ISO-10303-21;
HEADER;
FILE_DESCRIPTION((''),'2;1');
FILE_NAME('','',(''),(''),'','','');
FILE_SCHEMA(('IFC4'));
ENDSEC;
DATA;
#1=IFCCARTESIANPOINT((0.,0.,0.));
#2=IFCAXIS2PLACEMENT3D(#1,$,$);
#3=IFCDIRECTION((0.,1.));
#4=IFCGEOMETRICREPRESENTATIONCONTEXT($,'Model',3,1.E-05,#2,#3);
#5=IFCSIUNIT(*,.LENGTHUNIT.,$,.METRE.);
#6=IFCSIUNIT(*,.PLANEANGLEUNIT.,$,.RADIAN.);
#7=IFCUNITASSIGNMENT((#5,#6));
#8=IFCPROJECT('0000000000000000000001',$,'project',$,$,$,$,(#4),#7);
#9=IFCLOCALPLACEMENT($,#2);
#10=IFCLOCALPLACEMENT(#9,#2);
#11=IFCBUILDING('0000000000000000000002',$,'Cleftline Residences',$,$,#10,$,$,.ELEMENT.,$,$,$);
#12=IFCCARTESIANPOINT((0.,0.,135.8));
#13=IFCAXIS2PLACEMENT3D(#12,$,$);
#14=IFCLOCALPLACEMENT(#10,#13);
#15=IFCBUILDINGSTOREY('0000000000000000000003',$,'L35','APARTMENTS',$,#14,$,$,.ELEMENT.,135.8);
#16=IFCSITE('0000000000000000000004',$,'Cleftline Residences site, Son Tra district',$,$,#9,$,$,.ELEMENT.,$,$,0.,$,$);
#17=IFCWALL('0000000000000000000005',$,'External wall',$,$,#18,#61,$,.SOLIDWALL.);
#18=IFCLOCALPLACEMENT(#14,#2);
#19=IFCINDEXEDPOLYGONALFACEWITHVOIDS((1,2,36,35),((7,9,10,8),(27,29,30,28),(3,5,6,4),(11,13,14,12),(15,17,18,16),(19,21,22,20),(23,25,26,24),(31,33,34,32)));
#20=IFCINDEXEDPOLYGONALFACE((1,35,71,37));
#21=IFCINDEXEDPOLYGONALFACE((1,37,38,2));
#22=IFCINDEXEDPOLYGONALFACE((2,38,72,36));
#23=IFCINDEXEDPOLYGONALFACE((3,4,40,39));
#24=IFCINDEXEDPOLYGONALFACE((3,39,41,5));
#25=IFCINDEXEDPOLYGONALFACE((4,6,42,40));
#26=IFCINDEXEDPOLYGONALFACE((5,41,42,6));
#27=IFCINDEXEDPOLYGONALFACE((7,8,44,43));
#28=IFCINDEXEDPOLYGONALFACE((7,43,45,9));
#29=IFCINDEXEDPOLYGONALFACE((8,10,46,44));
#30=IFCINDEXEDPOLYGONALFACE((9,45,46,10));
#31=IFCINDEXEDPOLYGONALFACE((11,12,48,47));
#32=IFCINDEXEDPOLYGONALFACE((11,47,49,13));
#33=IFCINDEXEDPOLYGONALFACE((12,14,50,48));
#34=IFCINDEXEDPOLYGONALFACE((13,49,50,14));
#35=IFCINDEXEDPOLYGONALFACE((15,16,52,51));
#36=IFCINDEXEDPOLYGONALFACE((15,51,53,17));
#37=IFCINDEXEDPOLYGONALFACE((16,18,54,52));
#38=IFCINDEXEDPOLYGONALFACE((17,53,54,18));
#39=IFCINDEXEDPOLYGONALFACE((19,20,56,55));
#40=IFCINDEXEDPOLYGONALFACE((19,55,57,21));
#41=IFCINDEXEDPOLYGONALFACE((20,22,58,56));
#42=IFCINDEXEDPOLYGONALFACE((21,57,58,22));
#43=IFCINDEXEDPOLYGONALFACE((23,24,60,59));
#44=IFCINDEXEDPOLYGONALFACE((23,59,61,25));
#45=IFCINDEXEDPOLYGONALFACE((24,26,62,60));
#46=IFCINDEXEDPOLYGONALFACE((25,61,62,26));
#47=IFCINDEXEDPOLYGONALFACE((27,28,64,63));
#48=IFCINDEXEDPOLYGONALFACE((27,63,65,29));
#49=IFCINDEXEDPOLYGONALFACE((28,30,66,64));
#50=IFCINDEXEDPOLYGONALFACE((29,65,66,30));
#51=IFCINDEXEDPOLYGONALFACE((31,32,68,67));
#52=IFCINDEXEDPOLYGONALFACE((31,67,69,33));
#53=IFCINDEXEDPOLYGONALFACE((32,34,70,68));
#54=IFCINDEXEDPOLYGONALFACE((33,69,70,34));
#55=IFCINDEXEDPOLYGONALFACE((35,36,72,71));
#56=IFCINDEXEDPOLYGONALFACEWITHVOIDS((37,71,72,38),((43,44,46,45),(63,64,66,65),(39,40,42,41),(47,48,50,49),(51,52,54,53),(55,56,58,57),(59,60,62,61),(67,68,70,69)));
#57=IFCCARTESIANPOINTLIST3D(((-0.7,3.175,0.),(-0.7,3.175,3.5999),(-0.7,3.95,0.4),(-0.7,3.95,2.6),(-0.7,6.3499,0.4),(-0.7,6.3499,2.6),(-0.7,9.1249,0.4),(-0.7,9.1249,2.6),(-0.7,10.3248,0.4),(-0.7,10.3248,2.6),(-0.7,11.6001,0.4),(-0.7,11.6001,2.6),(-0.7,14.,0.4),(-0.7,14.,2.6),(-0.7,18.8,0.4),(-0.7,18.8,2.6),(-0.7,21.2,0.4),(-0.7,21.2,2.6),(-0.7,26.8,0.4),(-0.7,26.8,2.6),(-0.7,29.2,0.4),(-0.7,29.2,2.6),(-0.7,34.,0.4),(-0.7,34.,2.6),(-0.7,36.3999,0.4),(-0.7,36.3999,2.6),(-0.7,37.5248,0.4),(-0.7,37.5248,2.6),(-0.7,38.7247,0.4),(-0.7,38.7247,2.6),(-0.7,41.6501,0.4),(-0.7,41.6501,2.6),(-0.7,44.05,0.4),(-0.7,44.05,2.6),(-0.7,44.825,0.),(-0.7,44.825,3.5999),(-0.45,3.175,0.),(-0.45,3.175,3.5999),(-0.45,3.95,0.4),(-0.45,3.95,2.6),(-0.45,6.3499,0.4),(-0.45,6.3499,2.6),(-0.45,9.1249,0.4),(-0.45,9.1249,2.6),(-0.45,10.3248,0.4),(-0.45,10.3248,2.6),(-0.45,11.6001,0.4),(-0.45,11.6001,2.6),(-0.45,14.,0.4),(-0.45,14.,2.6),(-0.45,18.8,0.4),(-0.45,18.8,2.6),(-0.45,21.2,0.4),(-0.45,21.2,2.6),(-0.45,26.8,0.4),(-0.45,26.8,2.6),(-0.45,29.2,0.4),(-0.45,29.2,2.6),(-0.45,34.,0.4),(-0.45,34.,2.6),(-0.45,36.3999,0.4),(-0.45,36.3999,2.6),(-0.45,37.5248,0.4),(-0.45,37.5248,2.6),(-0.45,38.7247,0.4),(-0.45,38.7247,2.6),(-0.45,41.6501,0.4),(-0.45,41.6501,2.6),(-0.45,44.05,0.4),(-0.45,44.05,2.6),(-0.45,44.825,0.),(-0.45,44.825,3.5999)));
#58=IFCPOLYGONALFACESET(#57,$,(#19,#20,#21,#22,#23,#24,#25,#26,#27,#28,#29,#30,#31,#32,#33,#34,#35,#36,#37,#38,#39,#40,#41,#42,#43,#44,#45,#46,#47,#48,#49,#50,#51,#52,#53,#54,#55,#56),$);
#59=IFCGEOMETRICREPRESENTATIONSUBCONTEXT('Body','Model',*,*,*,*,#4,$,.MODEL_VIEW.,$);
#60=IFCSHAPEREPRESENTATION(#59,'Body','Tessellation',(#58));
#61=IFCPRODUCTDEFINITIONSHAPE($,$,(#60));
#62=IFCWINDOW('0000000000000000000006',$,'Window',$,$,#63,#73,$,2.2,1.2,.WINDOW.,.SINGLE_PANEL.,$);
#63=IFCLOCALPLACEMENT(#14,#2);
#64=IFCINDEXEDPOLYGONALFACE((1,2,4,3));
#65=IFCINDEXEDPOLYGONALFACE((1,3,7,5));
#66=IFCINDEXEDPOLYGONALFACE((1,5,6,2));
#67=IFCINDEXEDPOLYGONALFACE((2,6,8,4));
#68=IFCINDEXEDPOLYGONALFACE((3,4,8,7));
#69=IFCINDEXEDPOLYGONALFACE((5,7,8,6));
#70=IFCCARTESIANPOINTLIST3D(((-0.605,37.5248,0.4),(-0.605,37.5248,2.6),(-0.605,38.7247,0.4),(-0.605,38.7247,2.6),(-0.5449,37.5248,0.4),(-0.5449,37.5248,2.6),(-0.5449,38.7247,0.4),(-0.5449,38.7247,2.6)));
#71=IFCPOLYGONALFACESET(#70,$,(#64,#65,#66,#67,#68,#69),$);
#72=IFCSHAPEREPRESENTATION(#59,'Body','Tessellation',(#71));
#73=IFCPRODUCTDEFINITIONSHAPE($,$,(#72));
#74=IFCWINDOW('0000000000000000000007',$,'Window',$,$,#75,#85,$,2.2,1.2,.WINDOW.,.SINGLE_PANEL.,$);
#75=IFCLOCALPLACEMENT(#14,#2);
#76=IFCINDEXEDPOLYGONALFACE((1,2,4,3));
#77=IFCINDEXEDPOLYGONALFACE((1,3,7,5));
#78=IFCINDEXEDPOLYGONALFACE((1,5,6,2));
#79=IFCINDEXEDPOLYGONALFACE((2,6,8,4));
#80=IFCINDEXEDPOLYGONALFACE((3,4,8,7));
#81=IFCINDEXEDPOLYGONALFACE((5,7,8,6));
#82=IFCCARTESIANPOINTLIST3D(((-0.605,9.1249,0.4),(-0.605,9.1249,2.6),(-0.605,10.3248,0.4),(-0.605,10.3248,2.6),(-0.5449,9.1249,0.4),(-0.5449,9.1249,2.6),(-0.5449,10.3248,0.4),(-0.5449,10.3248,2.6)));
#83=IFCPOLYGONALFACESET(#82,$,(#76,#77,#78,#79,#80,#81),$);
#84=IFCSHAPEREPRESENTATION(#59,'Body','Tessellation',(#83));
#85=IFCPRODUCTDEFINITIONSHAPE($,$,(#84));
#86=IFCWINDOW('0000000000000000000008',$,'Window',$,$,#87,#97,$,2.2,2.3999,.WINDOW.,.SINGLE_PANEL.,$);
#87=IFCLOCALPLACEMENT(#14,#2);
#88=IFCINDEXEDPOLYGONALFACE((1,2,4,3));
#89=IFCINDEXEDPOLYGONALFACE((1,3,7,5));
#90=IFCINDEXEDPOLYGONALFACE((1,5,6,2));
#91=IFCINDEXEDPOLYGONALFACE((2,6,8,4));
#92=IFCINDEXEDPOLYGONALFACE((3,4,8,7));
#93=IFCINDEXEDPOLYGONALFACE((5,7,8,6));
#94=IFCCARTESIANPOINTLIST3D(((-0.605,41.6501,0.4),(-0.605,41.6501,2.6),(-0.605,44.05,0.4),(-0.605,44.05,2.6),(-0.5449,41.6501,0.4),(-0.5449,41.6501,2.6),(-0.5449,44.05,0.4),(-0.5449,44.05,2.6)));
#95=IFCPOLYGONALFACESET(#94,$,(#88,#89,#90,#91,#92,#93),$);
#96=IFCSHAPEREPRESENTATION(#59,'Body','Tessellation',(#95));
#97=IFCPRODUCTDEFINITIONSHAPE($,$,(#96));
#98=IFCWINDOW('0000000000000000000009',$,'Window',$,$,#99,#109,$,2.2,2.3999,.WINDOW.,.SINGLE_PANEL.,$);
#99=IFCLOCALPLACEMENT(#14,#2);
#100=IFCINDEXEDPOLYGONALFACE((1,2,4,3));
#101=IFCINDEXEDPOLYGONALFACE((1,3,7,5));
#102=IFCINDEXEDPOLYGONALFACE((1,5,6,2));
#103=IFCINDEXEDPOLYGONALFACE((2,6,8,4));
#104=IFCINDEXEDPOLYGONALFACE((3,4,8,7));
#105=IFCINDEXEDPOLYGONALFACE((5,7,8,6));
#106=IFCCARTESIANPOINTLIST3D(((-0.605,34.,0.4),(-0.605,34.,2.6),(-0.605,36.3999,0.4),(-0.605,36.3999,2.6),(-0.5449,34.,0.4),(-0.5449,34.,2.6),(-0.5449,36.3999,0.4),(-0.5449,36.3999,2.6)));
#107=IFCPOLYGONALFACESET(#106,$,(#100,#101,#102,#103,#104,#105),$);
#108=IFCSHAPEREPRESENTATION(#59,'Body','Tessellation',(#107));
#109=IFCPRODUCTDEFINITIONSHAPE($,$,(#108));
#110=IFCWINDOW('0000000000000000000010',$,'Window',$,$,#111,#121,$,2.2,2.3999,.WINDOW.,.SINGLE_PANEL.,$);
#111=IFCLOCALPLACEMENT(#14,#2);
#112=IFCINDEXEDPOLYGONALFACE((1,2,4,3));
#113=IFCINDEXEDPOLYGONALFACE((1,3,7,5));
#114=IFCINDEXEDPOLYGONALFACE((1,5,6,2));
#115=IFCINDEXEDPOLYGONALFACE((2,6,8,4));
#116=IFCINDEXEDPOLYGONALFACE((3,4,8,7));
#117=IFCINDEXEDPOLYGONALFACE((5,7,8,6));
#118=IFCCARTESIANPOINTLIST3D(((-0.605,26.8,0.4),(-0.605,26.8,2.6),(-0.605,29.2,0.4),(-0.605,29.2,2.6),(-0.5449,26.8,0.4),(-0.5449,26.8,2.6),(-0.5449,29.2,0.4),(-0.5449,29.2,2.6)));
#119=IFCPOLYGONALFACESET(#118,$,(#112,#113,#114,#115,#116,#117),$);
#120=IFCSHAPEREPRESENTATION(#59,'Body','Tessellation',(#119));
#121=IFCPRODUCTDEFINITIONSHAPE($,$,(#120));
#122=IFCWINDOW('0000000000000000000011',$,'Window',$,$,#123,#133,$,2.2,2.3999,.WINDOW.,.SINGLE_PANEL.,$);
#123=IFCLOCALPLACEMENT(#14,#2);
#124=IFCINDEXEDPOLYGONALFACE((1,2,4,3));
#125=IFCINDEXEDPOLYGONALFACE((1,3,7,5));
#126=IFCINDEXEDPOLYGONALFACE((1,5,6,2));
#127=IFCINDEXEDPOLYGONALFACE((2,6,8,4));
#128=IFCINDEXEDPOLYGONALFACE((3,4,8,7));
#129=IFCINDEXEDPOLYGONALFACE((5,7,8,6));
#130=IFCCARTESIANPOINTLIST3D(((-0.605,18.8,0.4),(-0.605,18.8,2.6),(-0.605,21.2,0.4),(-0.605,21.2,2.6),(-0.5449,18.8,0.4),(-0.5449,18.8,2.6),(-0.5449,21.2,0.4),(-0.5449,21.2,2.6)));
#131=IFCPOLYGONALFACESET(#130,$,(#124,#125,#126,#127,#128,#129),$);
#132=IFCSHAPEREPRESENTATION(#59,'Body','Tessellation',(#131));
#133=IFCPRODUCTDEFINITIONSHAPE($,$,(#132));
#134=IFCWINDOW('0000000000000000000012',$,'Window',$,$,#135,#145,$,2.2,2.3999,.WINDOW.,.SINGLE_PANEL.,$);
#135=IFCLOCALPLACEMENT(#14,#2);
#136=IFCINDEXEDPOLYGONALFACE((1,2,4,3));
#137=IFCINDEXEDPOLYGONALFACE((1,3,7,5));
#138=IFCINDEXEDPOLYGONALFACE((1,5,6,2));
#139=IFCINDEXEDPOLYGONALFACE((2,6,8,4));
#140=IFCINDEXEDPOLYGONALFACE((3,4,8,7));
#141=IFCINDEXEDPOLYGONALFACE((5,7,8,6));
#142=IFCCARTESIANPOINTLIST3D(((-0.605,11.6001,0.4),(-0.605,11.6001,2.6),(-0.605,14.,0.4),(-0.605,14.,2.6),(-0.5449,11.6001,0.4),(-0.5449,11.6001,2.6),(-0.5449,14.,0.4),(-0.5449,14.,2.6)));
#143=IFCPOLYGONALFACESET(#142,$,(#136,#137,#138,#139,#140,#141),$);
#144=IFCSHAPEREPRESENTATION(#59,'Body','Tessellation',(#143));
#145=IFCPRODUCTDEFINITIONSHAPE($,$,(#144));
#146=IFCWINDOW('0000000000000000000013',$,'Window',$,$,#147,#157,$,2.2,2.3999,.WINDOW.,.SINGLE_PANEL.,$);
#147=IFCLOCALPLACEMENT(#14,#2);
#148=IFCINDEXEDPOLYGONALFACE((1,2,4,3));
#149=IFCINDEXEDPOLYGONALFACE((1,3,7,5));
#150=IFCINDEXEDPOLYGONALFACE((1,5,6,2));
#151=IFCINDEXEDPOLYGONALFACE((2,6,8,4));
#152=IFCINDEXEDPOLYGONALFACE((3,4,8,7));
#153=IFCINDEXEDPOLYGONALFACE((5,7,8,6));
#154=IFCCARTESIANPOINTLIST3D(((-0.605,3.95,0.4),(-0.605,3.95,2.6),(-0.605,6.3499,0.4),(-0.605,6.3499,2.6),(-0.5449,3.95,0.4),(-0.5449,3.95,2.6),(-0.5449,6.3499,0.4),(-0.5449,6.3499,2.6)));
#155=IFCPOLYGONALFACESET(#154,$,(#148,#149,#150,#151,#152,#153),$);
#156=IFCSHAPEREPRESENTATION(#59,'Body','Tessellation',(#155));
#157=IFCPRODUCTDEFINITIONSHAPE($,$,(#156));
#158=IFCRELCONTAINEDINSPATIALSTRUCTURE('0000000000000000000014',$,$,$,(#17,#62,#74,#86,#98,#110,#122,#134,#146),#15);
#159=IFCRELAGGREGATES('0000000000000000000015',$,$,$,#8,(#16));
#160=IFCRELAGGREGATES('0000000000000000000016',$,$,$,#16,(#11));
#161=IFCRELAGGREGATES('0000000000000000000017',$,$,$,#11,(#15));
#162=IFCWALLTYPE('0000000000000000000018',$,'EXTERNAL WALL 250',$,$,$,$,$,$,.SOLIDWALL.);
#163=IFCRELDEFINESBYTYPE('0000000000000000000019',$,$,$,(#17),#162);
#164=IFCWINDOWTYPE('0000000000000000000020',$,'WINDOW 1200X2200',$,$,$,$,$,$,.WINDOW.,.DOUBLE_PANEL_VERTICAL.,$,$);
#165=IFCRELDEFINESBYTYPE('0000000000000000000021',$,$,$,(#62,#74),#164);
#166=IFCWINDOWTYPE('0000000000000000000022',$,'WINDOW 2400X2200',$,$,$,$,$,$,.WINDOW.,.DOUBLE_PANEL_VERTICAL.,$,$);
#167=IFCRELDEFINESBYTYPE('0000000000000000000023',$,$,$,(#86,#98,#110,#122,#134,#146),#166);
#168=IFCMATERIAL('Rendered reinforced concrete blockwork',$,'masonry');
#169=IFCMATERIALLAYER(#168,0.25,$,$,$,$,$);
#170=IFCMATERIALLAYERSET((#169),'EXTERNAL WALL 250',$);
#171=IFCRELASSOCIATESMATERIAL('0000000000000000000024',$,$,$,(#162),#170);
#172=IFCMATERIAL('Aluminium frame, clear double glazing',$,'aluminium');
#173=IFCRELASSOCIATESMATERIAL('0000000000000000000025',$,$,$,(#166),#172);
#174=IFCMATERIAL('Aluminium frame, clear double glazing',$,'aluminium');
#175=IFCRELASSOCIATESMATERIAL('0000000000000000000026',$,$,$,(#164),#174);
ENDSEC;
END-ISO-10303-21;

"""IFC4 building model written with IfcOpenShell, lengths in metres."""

from ifc_helpers import new_model, si_unit, direction, frame, frame_2d, origin, place, context, subcontext, project, spatial, rectangle, extrude, material, layer, layer_set, type_object, element, fill, save


model = new_model("IFC4")

# Units and contexts
model_context = context("Model", 3, precision=1e-05, world=origin(), true_north=direction((0.0, 1.0)))
body_context = subcontext(model_context, "Body", "Model", "MODEL_VIEW")
ifc_project = project(units=[si_unit("LENGTHUNIT", "METRE"), si_unit("PLANEANGLEUNIT", "RADIAN")], contexts=[model_context])

# Site, building, storey
site_placement = place(None, origin())
site = spatial("IfcSite", under=ifc_project, at=site_placement, Name="Cleftline Residences site, Son Tra district", CompositionType="ELEMENT", RefElevation=0.0)
building_placement = place(site_placement, origin())
building = spatial("IfcBuilding", under=site, at=building_placement, Name="Cleftline Residences", CompositionType="ELEMENT")
storey_placement = place(building_placement, frame((0.0, 0.0, 135.8)))
storey = spatial("IfcBuildingStorey", under=building, at=storey_placement, Name="L35", Description="APARTMENTS", CompositionType="ELEMENT", Elevation=135.8)

# Shared definitions
ifc_material_1 = material(Name="Rendered reinforced concrete blockwork", Category="masonry")
ifc_layer_1 = layer(ifc_material_1, 0.25)
ifc_layer_set_1 = layer_set([ifc_layer_1], Name="EXTERNAL WALL 250")
wall_type_1 = type_object("IfcWallType", Name="EXTERNAL WALL 250", PredefinedType="SOLIDWALL", material=ifc_layer_set_1)
ifc_material_2 = material(Name="Aluminium frame, clear double glazing", Category="aluminium")
window_type_1 = type_object("IfcWindowType", Name="WINDOW 2400X2200", PartitioningType="DOUBLE_PANEL_VERTICAL", PredefinedType="WINDOW", material=ifc_material_2)

# Wall, openings, windows
wall_1_placement = place(storey_placement, frame((-0.575, 44.825, 0.0), z_axis=(0.0, 0.0, 1.0), x_axis=(0.0, -1.0, 0.0)))
wall_1 = element("IfcWall", 1, at=wall_1_placement, inside=storey, type_object=wall_type_1, Name="External wall", PredefinedType="SOLIDWALL", context=body_context, shape_type="SweptSolid", body=[
    extrude(rectangle(XDim=41.6499, YDim=0.25, at=frame_2d((20.825, 0.0))), origin(), (0.0, 0.0, 1.0), 3.5999),
])
opening_1_placement = place(wall_1_placement, frame((0.7749, 0.0, 0.3999)))
opening_1 = element("IfcOpeningElement", 2, at=opening_1_placement, cuts=wall_1, PredefinedType="OPENING", context=body_context, shape_type="SweptSolid", body=[
    extrude(rectangle(XDim=2.3999, YDim=2.2, at=frame_2d((1.2, 1.1001))), frame((0.0, 0.135, 0.0), z_axis=(0.0, -1.0, 0.0), x_axis=(1.0, 0.0, 0.0)), (0.0, 0.0, 1.0), 0.27),
])
opening_2_placement = place(wall_1_placement, frame((6.1001, 0.0, 0.3999)))
opening_2 = element("IfcOpeningElement", 3, at=opening_2_placement, cuts=wall_1, PredefinedType="OPENING", context=body_context, shape_type="SweptSolid", body=[
    extrude(rectangle(XDim=1.2, YDim=2.2, at=frame_2d((0.6001, 1.1001))), frame((0.0, 0.135, 0.0), z_axis=(0.0, -1.0, 0.0), x_axis=(1.0, 0.0, 0.0)), (0.0, 0.0, 1.0), 0.27),
])
opening_3_placement = place(wall_1_placement, frame((8.425, 0.0, 0.3999)))
opening_3 = element("IfcOpeningElement", 4, at=opening_3_placement, cuts=wall_1, PredefinedType="OPENING", context=body_context, shape_type="SweptSolid", body=[
    extrude(rectangle(XDim=2.3999, YDim=2.2, at=frame_2d((1.2, 1.1001))), frame((0.0, 0.135, 0.0), z_axis=(0.0, -1.0, 0.0), x_axis=(1.0, 0.0, 0.0)), (0.0, 0.0, 1.0), 0.27),
])
opening_4_placement = place(wall_1_placement, frame((15.625, 0.0, 0.3999)))
opening_4 = element("IfcOpeningElement", 5, at=opening_4_placement, cuts=wall_1, PredefinedType="OPENING", context=body_context, shape_type="SweptSolid", body=[
    extrude(rectangle(XDim=2.3999, YDim=2.2, at=frame_2d((1.2, 1.1001))), frame((0.0, 0.135, 0.0), z_axis=(0.0, -1.0, 0.0), x_axis=(1.0, 0.0, 0.0)), (0.0, 0.0, 1.0), 0.27),
])
opening_5_placement = place(wall_1_placement, frame((23.625, 0.0, 0.3999)))
opening_5 = element("IfcOpeningElement", 6, at=opening_5_placement, cuts=wall_1, PredefinedType="OPENING", context=body_context, shape_type="SweptSolid", body=[
    extrude(rectangle(XDim=2.3999, YDim=2.2, at=frame_2d((1.2, 1.1001))), frame((0.0, 0.135, 0.0), z_axis=(0.0, -1.0, 0.0), x_axis=(1.0, 0.0, 0.0)), (0.0, 0.0, 1.0), 0.27),
])
opening_6_placement = place(wall_1_placement, frame((30.825, 0.0, 0.3999)))
opening_6 = element("IfcOpeningElement", 7, at=opening_6_placement, cuts=wall_1, PredefinedType="OPENING", context=body_context, shape_type="SweptSolid", body=[
    extrude(rectangle(XDim=2.3999, YDim=2.2, at=frame_2d((1.2, 1.1001))), frame((0.0, 0.135, 0.0), z_axis=(0.0, -1.0, 0.0), x_axis=(1.0, 0.0, 0.0)), (0.0, 0.0, 1.0), 0.27),
])
opening_7_placement = place(wall_1_placement, frame((34.5, 0.0, 0.3999)))
opening_7 = element("IfcOpeningElement", 8, at=opening_7_placement, cuts=wall_1, PredefinedType="OPENING", context=body_context, shape_type="SweptSolid", body=[
    extrude(rectangle(XDim=1.2, YDim=2.2, at=frame_2d((0.6001, 1.1001))), frame((0.0, 0.135, 0.0), z_axis=(0.0, -1.0, 0.0), x_axis=(1.0, 0.0, 0.0)), (0.0, 0.0, 1.0), 0.27),
])
opening_8_placement = place(wall_1_placement, frame((38.4751, 0.0, 0.3999)))
opening_8 = element("IfcOpeningElement", 9, at=opening_8_placement, cuts=wall_1, PredefinedType="OPENING", context=body_context, shape_type="SweptSolid", body=[
    extrude(rectangle(XDim=2.3999, YDim=2.2, at=frame_2d((1.2, 1.1001))), frame((0.0, 0.135, 0.0), z_axis=(0.0, -1.0, 0.0), x_axis=(1.0, 0.0, 0.0)), (0.0, 0.0, 1.0), 0.27),
])
ifc_material_3 = material(Name="Aluminium frame, clear double glazing", Category="aluminium")
window_type_2 = type_object("IfcWindowType", Name="WINDOW 1200X2200", PartitioningType="DOUBLE_PANEL_VERTICAL", PredefinedType="WINDOW", material=ifc_material_3)
window_1_placement = place(opening_2_placement, origin())
window_1 = element("IfcWindow", 10, at=window_1_placement, inside=storey, type_object=window_type_2, Name="Window", OverallHeight=2.2, OverallWidth=1.2, PartitioningType="SINGLE_PANEL", PredefinedType="WINDOW", context=body_context, shape_type="SweptSolid", body=[
    extrude(rectangle(XDim=1.2, YDim=2.2, at=frame_2d((0.6001, 1.1001))), frame((0.0, 0.03, 0.0), z_axis=(0.0, -1.0, 0.0), x_axis=(1.0, 0.0, 0.0)), (0.0, 0.0, 1.0), 0.0601),
])
fill(opening_2, window_1)
window_2_placement = place(opening_7_placement, origin())
window_2 = element("IfcWindow", 11, at=window_2_placement, inside=storey, type_object=window_type_2, Name="Window", OverallHeight=2.2, OverallWidth=1.2, PartitioningType="SINGLE_PANEL", PredefinedType="WINDOW", context=body_context, shape_type="SweptSolid", body=[
    extrude(rectangle(XDim=1.2, YDim=2.2, at=frame_2d((0.6001, 1.1001))), frame((0.0, 0.03, 0.0), z_axis=(0.0, -1.0, 0.0), x_axis=(1.0, 0.0, 0.0)), (0.0, 0.0, 1.0), 0.0601),
])
fill(opening_7, window_2)
window_3_placement = place(opening_1_placement, origin())
window_3 = element("IfcWindow", 12, at=window_3_placement, inside=storey, type_object=window_type_1, Name="Window", OverallHeight=2.2, OverallWidth=2.3999, PartitioningType="SINGLE_PANEL", PredefinedType="WINDOW", context=body_context, shape_type="SweptSolid", body=[
    extrude(rectangle(XDim=2.3999, YDim=2.2, at=frame_2d((1.2, 1.1001))), frame((0.0, 0.03, 0.0), z_axis=(0.0, -1.0, 0.0), x_axis=(1.0, 0.0, 0.0)), (0.0, 0.0, 1.0), 0.0601),
])
fill(opening_1, window_3)
window_4_placement = place(opening_3_placement, origin())
window_4 = element("IfcWindow", 13, at=window_4_placement, inside=storey, type_object=window_type_1, Name="Window", OverallHeight=2.2, OverallWidth=2.3999, PartitioningType="SINGLE_PANEL", PredefinedType="WINDOW", context=body_context, shape_type="SweptSolid", body=[
    extrude(rectangle(XDim=2.3999, YDim=2.2, at=frame_2d((1.2, 1.1001))), frame((0.0, 0.03, 0.0), z_axis=(0.0, -1.0, 0.0), x_axis=(1.0, 0.0, 0.0)), (0.0, 0.0, 1.0), 0.0601),
])
fill(opening_3, window_4)
window_5_placement = place(opening_4_placement, origin())
window_5 = element("IfcWindow", 14, at=window_5_placement, inside=storey, type_object=window_type_1, Name="Window", OverallHeight=2.2, OverallWidth=2.3999, PartitioningType="SINGLE_PANEL", PredefinedType="WINDOW", context=body_context, shape_type="SweptSolid", body=[
    extrude(rectangle(XDim=2.3999, YDim=2.2, at=frame_2d((1.2, 1.1001))), frame((0.0, 0.03, 0.0), z_axis=(0.0, -1.0, 0.0), x_axis=(1.0, 0.0, 0.0)), (0.0, 0.0, 1.0), 0.0601),
])
fill(opening_4, window_5)
window_6_placement = place(opening_5_placement, origin())
window_6 = element("IfcWindow", 15, at=window_6_placement, inside=storey, type_object=window_type_1, Name="Window", OverallHeight=2.2, OverallWidth=2.3999, PartitioningType="SINGLE_PANEL", PredefinedType="WINDOW", context=body_context, shape_type="SweptSolid", body=[
    extrude(rectangle(XDim=2.3999, YDim=2.2, at=frame_2d((1.2, 1.1001))), frame((0.0, 0.03, 0.0), z_axis=(0.0, -1.0, 0.0), x_axis=(1.0, 0.0, 0.0)), (0.0, 0.0, 1.0), 0.0601),
])
fill(opening_5, window_6)
window_7_placement = place(opening_6_placement, origin())
window_7 = element("IfcWindow", 16, at=window_7_placement, inside=storey, type_object=window_type_1, Name="Window", OverallHeight=2.2, OverallWidth=2.3999, PartitioningType="SINGLE_PANEL", PredefinedType="WINDOW", context=body_context, shape_type="SweptSolid", body=[
    extrude(rectangle(XDim=2.3999, YDim=2.2, at=frame_2d((1.2, 1.1001))), frame((0.0, 0.03, 0.0), z_axis=(0.0, -1.0, 0.0), x_axis=(1.0, 0.0, 0.0)), (0.0, 0.0, 1.0), 0.0601),
])
fill(opening_6, window_7)
window_8_placement = place(opening_8_placement, origin())
window_8 = element("IfcWindow", 17, at=window_8_placement, inside=storey, type_object=window_type_1, Name="Window", OverallHeight=2.2, OverallWidth=2.3999, PartitioningType="SINGLE_PANEL", PredefinedType="WINDOW", context=body_context, shape_type="SweptSolid", body=[
    extrude(rectangle(XDim=2.3999, YDim=2.2, at=frame_2d((1.2, 1.1001))), frame((0.0, 0.03, 0.0), z_axis=(0.0, -1.0, 0.0), x_axis=(1.0, 0.0, 0.0)), (0.0, 0.0, 1.0), 0.0601),
])
fill(opening_8, window_8)

save(model, "model.ifc")
